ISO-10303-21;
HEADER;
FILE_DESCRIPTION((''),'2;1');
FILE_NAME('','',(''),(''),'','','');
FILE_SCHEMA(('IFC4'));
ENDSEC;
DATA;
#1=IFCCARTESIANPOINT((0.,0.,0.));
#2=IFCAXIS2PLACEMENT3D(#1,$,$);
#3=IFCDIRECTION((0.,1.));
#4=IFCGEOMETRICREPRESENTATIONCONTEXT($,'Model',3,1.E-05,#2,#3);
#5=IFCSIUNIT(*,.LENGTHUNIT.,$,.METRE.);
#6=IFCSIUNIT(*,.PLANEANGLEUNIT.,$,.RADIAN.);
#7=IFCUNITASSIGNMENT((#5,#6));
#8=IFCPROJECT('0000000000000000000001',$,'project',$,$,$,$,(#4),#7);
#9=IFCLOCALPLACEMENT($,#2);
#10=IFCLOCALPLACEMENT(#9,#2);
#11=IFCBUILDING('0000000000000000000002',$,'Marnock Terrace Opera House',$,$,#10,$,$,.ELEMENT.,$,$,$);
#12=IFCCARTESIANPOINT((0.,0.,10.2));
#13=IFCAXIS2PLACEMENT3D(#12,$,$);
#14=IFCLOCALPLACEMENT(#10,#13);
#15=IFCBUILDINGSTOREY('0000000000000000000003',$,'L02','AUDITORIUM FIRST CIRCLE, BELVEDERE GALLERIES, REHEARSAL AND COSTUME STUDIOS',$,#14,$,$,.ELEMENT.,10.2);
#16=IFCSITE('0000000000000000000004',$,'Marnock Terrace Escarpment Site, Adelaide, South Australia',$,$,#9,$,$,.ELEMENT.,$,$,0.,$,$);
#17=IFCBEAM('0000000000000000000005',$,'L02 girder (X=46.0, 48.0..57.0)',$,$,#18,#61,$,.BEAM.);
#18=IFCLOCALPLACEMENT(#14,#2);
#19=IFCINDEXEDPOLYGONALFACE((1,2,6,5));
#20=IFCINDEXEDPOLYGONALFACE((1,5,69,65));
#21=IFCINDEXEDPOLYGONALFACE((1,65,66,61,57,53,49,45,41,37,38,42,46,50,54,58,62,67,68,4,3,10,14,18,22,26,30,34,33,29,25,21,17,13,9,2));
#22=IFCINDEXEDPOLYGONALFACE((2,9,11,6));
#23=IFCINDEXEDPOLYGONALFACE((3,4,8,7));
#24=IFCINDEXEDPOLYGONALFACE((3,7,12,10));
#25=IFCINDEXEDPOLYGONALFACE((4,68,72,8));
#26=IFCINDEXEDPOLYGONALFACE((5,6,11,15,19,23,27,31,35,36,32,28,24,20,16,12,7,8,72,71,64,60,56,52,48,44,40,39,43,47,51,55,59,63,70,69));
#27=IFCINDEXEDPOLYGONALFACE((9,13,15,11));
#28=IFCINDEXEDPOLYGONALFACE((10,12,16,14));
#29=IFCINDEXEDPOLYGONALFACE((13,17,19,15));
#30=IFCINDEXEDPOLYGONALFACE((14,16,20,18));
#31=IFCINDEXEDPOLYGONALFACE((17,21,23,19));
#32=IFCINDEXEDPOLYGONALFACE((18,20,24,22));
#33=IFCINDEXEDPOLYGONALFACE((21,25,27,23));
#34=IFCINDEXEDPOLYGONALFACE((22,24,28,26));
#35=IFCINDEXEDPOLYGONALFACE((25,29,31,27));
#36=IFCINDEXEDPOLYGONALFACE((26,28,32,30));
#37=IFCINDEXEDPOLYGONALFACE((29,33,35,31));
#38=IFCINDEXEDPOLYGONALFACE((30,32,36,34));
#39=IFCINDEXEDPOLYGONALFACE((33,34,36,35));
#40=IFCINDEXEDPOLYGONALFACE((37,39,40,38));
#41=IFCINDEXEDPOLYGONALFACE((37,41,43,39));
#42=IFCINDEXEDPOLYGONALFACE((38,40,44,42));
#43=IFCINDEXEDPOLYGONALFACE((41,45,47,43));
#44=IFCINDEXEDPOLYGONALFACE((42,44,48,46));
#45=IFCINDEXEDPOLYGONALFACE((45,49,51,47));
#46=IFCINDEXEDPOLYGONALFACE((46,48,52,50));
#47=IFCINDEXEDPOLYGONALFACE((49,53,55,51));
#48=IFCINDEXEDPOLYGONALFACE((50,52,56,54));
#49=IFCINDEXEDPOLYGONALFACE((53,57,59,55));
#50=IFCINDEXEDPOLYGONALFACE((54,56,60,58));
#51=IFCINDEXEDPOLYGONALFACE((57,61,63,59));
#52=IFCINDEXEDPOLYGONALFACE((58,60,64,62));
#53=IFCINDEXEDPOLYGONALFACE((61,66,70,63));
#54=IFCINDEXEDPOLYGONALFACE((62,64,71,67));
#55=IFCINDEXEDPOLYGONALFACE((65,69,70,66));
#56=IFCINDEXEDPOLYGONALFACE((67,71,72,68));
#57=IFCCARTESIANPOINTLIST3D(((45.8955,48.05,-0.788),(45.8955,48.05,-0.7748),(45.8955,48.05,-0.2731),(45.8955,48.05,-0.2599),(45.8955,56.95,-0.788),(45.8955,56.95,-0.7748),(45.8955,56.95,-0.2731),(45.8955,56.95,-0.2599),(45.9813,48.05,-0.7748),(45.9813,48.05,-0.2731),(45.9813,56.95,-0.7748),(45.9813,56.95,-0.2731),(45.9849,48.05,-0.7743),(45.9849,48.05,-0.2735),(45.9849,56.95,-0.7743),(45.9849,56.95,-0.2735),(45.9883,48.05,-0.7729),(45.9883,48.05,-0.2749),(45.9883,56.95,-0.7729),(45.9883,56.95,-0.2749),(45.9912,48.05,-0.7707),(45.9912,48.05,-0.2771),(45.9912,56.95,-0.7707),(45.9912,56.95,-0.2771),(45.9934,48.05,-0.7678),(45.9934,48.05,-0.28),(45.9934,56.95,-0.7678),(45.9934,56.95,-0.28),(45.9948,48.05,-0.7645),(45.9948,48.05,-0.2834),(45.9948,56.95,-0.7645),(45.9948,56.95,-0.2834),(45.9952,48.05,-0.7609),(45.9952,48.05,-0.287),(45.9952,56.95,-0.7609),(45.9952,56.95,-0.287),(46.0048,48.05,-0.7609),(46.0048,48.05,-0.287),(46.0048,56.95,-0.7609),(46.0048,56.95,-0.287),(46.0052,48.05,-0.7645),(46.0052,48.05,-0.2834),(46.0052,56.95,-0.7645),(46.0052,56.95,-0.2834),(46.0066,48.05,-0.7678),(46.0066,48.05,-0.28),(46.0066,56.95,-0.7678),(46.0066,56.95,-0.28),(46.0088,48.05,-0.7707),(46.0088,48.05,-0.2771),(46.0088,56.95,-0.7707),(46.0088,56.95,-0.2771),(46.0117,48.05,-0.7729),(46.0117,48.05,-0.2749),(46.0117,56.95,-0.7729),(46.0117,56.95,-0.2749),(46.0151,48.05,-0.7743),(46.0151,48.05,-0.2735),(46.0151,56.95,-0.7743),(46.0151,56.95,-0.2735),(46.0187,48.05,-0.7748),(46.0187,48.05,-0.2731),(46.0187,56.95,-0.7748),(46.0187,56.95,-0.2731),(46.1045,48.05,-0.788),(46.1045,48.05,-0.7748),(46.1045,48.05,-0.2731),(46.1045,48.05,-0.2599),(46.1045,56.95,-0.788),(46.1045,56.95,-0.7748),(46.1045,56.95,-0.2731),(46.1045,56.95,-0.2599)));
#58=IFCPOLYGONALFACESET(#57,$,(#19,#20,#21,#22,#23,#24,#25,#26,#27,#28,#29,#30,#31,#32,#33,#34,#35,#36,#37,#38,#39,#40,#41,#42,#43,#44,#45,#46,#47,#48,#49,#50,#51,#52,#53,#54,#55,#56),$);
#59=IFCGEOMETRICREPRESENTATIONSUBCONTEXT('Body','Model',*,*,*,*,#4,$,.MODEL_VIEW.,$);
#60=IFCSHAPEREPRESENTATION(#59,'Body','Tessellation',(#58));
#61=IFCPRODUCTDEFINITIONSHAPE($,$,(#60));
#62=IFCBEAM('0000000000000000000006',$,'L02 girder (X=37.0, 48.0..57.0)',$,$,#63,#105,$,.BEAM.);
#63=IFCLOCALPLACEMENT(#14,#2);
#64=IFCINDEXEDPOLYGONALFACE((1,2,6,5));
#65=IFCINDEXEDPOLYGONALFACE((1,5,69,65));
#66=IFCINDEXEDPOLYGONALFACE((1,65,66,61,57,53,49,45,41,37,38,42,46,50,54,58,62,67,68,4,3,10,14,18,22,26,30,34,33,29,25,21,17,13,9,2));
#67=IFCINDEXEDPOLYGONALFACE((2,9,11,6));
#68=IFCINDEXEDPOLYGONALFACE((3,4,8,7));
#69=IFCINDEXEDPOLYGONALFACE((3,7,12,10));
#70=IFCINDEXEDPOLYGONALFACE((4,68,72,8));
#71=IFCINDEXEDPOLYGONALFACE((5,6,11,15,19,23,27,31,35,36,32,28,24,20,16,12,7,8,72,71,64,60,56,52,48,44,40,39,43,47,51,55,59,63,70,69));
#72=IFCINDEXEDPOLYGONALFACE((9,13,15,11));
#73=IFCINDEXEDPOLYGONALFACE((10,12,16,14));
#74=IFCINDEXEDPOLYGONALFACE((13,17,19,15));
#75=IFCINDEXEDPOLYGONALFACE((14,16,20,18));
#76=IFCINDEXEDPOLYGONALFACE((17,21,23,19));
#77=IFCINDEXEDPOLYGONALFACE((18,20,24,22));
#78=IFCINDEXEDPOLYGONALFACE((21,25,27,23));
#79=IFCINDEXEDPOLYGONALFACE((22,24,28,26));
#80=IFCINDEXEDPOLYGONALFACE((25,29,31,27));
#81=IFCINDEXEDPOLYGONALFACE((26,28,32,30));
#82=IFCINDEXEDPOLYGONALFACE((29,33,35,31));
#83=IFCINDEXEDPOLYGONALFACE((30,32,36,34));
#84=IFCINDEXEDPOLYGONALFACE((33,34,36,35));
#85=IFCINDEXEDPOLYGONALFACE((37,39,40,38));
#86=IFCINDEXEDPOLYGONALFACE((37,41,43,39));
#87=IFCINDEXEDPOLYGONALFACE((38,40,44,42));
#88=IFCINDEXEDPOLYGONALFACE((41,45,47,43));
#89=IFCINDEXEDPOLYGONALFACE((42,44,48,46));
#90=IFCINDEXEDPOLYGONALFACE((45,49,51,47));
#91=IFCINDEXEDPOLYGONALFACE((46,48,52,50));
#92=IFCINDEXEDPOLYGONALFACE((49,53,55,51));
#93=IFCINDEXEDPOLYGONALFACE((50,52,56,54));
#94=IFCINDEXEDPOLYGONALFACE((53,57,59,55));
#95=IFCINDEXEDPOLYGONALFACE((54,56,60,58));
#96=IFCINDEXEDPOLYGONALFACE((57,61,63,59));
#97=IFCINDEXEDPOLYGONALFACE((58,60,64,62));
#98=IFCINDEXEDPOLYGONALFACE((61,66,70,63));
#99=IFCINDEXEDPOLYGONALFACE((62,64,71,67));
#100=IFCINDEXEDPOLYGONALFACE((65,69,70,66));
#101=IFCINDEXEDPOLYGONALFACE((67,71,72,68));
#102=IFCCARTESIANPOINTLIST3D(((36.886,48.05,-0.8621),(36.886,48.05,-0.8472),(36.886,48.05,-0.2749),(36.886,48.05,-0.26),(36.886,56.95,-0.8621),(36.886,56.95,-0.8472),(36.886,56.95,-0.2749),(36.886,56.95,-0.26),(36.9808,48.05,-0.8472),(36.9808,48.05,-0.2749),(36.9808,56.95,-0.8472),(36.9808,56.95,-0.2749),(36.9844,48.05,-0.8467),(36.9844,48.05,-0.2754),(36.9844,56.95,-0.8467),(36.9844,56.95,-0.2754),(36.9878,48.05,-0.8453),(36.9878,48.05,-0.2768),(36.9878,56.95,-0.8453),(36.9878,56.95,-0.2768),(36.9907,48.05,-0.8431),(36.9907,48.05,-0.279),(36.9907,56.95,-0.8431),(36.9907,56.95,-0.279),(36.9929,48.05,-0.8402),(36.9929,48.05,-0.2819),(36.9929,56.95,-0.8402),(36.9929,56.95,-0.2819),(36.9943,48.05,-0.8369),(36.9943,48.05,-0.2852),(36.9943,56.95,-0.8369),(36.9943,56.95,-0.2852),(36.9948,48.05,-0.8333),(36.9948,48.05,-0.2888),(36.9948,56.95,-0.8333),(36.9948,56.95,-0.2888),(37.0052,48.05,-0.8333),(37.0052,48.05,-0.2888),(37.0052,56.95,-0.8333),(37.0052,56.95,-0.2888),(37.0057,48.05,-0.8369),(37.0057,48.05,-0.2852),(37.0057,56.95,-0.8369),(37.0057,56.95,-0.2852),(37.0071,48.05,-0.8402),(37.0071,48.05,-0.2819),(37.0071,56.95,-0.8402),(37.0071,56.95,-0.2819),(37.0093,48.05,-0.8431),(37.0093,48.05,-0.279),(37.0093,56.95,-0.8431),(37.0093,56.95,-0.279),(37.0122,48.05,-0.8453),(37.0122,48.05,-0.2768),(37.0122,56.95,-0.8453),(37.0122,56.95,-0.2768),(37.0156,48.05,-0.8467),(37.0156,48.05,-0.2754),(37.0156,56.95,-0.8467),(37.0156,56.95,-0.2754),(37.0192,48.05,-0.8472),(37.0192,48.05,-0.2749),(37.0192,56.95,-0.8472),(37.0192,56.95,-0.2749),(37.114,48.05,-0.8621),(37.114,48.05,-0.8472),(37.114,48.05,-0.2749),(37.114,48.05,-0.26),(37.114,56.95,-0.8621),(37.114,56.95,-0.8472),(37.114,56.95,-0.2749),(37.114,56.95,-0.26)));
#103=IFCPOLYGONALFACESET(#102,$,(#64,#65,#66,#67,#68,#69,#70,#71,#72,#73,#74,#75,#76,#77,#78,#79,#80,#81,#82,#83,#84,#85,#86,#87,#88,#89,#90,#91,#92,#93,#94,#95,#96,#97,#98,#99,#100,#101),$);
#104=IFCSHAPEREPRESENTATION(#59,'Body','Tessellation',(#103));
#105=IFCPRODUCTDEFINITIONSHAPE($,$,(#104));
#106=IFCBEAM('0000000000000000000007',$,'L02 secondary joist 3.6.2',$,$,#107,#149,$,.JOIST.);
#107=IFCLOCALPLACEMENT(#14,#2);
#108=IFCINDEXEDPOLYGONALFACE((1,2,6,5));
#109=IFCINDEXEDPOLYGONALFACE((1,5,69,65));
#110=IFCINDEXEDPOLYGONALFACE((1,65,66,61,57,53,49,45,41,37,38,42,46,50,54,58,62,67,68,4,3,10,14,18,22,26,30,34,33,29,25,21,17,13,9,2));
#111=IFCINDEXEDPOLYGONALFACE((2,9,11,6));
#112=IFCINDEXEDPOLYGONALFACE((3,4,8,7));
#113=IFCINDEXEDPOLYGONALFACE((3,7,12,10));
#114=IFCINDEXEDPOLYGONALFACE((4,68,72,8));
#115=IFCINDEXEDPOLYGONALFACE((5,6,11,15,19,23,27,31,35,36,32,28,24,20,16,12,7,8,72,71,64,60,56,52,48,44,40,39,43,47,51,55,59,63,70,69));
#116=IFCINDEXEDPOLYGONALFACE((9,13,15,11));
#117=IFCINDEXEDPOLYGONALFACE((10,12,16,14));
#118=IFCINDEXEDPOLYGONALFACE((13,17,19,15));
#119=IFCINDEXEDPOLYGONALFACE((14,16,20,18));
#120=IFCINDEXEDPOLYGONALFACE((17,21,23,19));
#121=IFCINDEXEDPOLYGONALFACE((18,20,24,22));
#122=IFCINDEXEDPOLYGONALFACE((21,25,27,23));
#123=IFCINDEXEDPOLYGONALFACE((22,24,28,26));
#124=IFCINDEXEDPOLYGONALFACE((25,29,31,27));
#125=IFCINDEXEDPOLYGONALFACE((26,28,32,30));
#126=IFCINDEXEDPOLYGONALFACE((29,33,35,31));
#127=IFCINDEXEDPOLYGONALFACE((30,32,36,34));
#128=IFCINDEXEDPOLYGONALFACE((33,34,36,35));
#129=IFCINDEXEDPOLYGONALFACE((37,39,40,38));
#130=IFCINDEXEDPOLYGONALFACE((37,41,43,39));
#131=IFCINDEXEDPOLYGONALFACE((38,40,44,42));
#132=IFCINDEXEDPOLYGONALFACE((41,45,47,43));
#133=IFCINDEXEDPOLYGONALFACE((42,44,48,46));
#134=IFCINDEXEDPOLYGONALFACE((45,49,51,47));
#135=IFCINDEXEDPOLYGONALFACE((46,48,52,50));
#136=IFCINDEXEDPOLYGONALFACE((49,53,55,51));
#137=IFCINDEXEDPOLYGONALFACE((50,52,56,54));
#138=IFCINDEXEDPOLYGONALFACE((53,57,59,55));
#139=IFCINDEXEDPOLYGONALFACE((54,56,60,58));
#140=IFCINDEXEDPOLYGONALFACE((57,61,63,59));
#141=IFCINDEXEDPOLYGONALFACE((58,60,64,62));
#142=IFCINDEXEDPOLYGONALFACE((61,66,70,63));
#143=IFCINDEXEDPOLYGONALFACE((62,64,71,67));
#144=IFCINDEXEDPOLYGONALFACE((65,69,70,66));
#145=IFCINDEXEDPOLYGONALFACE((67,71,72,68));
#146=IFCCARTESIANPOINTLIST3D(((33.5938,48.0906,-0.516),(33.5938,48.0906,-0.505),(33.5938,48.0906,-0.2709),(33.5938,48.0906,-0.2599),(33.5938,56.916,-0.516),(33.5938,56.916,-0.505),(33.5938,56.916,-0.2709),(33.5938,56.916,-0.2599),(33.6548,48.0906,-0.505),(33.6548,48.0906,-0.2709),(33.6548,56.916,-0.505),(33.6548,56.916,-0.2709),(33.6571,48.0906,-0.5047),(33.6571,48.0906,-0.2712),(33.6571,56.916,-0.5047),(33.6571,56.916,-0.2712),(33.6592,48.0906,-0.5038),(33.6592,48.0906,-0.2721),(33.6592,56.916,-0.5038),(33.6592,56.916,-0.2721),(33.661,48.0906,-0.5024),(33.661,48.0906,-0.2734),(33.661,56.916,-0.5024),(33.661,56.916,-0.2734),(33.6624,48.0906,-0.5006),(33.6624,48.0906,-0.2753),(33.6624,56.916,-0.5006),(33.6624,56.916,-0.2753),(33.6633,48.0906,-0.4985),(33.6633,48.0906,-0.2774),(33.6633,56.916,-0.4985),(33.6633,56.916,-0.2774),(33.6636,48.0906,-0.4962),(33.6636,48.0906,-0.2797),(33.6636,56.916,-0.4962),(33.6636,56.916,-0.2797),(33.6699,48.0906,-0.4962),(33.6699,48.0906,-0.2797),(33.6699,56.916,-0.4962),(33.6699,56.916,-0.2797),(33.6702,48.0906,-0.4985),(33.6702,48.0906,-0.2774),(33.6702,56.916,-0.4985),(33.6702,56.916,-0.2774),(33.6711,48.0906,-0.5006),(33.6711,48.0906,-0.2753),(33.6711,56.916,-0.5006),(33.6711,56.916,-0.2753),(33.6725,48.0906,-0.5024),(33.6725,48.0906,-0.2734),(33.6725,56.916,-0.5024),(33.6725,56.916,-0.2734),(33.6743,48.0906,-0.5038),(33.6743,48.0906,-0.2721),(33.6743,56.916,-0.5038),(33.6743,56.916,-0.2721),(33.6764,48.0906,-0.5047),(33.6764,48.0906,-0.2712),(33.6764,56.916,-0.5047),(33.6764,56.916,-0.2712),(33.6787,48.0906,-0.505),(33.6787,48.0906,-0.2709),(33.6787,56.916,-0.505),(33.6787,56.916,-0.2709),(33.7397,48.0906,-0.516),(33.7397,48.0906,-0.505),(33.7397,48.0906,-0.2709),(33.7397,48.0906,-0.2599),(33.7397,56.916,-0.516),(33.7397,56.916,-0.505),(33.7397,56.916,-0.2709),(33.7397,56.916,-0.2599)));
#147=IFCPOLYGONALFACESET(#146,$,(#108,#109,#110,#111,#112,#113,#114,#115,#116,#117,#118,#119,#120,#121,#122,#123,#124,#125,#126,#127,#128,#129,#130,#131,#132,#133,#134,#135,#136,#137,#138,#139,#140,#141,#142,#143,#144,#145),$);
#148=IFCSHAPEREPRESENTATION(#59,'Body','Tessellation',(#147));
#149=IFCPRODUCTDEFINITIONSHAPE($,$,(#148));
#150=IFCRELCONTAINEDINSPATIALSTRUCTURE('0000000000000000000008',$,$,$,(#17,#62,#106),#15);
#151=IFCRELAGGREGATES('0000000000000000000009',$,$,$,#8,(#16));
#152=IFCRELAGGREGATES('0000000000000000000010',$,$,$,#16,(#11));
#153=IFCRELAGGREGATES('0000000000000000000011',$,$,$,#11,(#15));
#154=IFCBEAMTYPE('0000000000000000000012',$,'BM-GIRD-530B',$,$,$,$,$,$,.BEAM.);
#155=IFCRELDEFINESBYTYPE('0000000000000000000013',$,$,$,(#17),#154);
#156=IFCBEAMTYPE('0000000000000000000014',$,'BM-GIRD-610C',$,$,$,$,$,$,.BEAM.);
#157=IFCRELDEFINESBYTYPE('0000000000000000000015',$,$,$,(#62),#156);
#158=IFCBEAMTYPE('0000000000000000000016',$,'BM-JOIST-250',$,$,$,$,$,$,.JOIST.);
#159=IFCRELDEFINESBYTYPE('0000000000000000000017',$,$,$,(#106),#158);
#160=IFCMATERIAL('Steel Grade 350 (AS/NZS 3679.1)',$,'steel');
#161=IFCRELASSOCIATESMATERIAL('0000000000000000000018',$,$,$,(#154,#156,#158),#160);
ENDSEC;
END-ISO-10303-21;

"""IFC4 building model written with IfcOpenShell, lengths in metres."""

from ifc_helpers import new_model, si_unit, direction, frame, origin, origin_2d, place, context, subcontext, project, spatial, i_section, extrude, material, material_profile, profile_set, type_object, element, save


model = new_model("IFC4")

# Units and contexts
model_context = context("Model", 3, precision=1e-05, world=origin(), true_north=direction((0.0, 1.0)))
body_context = subcontext(model_context, "Body", "Model", "MODEL_VIEW")
ifc_project = project(units=[si_unit("LENGTHUNIT", "METRE"), si_unit("PLANEANGLEUNIT", "RADIAN")], contexts=[model_context])

# Site, building, storey
site_placement = place(None, origin())
site = spatial("IfcSite", under=ifc_project, at=site_placement, Name="Marnock Terrace Escarpment Site, Adelaide, South Australia", CompositionType="ELEMENT", RefElevation=0.0)
building_placement = place(site_placement, origin())
building = spatial("IfcBuilding", under=site, at=building_placement, Name="Marnock Terrace Opera House", CompositionType="ELEMENT")
storey_placement = place(building_placement, frame((0.0, 0.0, 10.2)))
storey = spatial("IfcBuildingStorey", under=building, at=storey_placement, Name="L02", Description="AUDITORIUM FIRST CIRCLE, BELVEDERE GALLERIES, REHEARSAL AND COSTUME STUDIOS", CompositionType="ELEMENT", Elevation=10.2)

# Beams
ifc_material_1 = material(Name="Steel Grade 350 (AS/NZS 3679.1)", Category="steel")
ifc_material_profile_1 = material_profile(ifc_material_1, i_section(OverallWidth=0.209, OverallDepth=0.5281, WebThickness=0.0095, FlangeThickness=0.0132, FilletRadius=0.0139, at=origin_2d()))
ifc_profile_set_1 = profile_set([ifc_material_profile_1], Name="Steel Grade 350 (AS/NZS 3679.1)")
beam_type_1 = type_object("IfcBeamType", Name="BM-GIRD-530B", PredefinedType="BEAM", material=ifc_profile_set_1)
beam_1_placement = place(storey_placement, frame((46.0, 48.05, -0.5239), z_axis=(0.0, 1.0, 0.0), x_axis=(-1.0, 0.0, 0.0)))
element("IfcBeam", 1, at=beam_1_placement, inside=storey, type_object=beam_type_1, Name="L02 girder (X=46.0, 48.0..57.0)", PredefinedType="BEAM", context=body_context, shape_type="SweptSolid", body=[
    extrude(i_section(OverallWidth=0.209, OverallDepth=0.5281, WebThickness=0.0095, FlangeThickness=0.0132, FilletRadius=0.0139, at=origin_2d()), origin(), (0.0, 0.0, 1.0), 8.8999),
])
ifc_material_profile_2 = material_profile(ifc_material_1, i_section(OverallWidth=0.228, OverallDepth=0.6021, WebThickness=0.0105, FlangeThickness=0.0149, FilletRadius=0.0139, at=origin_2d()))
ifc_profile_set_2 = profile_set([ifc_material_profile_2], Name="Steel Grade 350 (AS/NZS 3679.1)")
beam_type_2 = type_object("IfcBeamType", Name="BM-GIRD-610C", PredefinedType="BEAM", material=ifc_profile_set_2)
beam_2_placement = place(storey_placement, frame((37.0, 48.05, -0.561), z_axis=(0.0, 1.0, 0.0), x_axis=(-1.0, 0.0, 0.0)))
element("IfcBeam", 2, at=beam_2_placement, inside=storey, type_object=beam_type_2, Name="L02 girder (X=37.0, 48.0..57.0)", PredefinedType="BEAM", context=body_context, shape_type="SweptSolid", body=[
    extrude(i_section(OverallWidth=0.228, OverallDepth=0.6021, WebThickness=0.0105, FlangeThickness=0.0149, FilletRadius=0.0139, at=origin_2d()), origin(), (0.0, 0.0, 1.0), 8.8999),
])
ifc_material_profile_3 = material_profile(ifc_material_1, i_section(OverallWidth=0.146, OverallDepth=0.2561, WebThickness=0.0063, FlangeThickness=0.011, FilletRadius=0.0088, at=origin_2d()))
ifc_profile_set_3 = profile_set([ifc_material_profile_3], Name="Steel Grade 350 (AS/NZS 3679.1)")
beam_type_3 = type_object("IfcBeamType", Name="BM-JOIST-250", PredefinedType="JOIST", material=ifc_profile_set_3)
beam_3_placement = place(storey_placement, frame((33.6667, 48.0906, -0.3879), z_axis=(0.0, 1.0, 0.0), x_axis=(-1.0, 0.0, 0.0)))
element("IfcBeam", 3, at=beam_3_placement, inside=storey, type_object=beam_type_3, Name="L02 secondary joist 3.6.2", PredefinedType="JOIST", context=body_context, shape_type="SweptSolid", body=[
    extrude(i_section(OverallWidth=0.146, OverallDepth=0.2561, WebThickness=0.0063, FlangeThickness=0.011, FilletRadius=0.0088, at=origin_2d()), origin(), (0.0, 0.0, 1.0), 8.8254),
])

save(model, "model.ifc")
